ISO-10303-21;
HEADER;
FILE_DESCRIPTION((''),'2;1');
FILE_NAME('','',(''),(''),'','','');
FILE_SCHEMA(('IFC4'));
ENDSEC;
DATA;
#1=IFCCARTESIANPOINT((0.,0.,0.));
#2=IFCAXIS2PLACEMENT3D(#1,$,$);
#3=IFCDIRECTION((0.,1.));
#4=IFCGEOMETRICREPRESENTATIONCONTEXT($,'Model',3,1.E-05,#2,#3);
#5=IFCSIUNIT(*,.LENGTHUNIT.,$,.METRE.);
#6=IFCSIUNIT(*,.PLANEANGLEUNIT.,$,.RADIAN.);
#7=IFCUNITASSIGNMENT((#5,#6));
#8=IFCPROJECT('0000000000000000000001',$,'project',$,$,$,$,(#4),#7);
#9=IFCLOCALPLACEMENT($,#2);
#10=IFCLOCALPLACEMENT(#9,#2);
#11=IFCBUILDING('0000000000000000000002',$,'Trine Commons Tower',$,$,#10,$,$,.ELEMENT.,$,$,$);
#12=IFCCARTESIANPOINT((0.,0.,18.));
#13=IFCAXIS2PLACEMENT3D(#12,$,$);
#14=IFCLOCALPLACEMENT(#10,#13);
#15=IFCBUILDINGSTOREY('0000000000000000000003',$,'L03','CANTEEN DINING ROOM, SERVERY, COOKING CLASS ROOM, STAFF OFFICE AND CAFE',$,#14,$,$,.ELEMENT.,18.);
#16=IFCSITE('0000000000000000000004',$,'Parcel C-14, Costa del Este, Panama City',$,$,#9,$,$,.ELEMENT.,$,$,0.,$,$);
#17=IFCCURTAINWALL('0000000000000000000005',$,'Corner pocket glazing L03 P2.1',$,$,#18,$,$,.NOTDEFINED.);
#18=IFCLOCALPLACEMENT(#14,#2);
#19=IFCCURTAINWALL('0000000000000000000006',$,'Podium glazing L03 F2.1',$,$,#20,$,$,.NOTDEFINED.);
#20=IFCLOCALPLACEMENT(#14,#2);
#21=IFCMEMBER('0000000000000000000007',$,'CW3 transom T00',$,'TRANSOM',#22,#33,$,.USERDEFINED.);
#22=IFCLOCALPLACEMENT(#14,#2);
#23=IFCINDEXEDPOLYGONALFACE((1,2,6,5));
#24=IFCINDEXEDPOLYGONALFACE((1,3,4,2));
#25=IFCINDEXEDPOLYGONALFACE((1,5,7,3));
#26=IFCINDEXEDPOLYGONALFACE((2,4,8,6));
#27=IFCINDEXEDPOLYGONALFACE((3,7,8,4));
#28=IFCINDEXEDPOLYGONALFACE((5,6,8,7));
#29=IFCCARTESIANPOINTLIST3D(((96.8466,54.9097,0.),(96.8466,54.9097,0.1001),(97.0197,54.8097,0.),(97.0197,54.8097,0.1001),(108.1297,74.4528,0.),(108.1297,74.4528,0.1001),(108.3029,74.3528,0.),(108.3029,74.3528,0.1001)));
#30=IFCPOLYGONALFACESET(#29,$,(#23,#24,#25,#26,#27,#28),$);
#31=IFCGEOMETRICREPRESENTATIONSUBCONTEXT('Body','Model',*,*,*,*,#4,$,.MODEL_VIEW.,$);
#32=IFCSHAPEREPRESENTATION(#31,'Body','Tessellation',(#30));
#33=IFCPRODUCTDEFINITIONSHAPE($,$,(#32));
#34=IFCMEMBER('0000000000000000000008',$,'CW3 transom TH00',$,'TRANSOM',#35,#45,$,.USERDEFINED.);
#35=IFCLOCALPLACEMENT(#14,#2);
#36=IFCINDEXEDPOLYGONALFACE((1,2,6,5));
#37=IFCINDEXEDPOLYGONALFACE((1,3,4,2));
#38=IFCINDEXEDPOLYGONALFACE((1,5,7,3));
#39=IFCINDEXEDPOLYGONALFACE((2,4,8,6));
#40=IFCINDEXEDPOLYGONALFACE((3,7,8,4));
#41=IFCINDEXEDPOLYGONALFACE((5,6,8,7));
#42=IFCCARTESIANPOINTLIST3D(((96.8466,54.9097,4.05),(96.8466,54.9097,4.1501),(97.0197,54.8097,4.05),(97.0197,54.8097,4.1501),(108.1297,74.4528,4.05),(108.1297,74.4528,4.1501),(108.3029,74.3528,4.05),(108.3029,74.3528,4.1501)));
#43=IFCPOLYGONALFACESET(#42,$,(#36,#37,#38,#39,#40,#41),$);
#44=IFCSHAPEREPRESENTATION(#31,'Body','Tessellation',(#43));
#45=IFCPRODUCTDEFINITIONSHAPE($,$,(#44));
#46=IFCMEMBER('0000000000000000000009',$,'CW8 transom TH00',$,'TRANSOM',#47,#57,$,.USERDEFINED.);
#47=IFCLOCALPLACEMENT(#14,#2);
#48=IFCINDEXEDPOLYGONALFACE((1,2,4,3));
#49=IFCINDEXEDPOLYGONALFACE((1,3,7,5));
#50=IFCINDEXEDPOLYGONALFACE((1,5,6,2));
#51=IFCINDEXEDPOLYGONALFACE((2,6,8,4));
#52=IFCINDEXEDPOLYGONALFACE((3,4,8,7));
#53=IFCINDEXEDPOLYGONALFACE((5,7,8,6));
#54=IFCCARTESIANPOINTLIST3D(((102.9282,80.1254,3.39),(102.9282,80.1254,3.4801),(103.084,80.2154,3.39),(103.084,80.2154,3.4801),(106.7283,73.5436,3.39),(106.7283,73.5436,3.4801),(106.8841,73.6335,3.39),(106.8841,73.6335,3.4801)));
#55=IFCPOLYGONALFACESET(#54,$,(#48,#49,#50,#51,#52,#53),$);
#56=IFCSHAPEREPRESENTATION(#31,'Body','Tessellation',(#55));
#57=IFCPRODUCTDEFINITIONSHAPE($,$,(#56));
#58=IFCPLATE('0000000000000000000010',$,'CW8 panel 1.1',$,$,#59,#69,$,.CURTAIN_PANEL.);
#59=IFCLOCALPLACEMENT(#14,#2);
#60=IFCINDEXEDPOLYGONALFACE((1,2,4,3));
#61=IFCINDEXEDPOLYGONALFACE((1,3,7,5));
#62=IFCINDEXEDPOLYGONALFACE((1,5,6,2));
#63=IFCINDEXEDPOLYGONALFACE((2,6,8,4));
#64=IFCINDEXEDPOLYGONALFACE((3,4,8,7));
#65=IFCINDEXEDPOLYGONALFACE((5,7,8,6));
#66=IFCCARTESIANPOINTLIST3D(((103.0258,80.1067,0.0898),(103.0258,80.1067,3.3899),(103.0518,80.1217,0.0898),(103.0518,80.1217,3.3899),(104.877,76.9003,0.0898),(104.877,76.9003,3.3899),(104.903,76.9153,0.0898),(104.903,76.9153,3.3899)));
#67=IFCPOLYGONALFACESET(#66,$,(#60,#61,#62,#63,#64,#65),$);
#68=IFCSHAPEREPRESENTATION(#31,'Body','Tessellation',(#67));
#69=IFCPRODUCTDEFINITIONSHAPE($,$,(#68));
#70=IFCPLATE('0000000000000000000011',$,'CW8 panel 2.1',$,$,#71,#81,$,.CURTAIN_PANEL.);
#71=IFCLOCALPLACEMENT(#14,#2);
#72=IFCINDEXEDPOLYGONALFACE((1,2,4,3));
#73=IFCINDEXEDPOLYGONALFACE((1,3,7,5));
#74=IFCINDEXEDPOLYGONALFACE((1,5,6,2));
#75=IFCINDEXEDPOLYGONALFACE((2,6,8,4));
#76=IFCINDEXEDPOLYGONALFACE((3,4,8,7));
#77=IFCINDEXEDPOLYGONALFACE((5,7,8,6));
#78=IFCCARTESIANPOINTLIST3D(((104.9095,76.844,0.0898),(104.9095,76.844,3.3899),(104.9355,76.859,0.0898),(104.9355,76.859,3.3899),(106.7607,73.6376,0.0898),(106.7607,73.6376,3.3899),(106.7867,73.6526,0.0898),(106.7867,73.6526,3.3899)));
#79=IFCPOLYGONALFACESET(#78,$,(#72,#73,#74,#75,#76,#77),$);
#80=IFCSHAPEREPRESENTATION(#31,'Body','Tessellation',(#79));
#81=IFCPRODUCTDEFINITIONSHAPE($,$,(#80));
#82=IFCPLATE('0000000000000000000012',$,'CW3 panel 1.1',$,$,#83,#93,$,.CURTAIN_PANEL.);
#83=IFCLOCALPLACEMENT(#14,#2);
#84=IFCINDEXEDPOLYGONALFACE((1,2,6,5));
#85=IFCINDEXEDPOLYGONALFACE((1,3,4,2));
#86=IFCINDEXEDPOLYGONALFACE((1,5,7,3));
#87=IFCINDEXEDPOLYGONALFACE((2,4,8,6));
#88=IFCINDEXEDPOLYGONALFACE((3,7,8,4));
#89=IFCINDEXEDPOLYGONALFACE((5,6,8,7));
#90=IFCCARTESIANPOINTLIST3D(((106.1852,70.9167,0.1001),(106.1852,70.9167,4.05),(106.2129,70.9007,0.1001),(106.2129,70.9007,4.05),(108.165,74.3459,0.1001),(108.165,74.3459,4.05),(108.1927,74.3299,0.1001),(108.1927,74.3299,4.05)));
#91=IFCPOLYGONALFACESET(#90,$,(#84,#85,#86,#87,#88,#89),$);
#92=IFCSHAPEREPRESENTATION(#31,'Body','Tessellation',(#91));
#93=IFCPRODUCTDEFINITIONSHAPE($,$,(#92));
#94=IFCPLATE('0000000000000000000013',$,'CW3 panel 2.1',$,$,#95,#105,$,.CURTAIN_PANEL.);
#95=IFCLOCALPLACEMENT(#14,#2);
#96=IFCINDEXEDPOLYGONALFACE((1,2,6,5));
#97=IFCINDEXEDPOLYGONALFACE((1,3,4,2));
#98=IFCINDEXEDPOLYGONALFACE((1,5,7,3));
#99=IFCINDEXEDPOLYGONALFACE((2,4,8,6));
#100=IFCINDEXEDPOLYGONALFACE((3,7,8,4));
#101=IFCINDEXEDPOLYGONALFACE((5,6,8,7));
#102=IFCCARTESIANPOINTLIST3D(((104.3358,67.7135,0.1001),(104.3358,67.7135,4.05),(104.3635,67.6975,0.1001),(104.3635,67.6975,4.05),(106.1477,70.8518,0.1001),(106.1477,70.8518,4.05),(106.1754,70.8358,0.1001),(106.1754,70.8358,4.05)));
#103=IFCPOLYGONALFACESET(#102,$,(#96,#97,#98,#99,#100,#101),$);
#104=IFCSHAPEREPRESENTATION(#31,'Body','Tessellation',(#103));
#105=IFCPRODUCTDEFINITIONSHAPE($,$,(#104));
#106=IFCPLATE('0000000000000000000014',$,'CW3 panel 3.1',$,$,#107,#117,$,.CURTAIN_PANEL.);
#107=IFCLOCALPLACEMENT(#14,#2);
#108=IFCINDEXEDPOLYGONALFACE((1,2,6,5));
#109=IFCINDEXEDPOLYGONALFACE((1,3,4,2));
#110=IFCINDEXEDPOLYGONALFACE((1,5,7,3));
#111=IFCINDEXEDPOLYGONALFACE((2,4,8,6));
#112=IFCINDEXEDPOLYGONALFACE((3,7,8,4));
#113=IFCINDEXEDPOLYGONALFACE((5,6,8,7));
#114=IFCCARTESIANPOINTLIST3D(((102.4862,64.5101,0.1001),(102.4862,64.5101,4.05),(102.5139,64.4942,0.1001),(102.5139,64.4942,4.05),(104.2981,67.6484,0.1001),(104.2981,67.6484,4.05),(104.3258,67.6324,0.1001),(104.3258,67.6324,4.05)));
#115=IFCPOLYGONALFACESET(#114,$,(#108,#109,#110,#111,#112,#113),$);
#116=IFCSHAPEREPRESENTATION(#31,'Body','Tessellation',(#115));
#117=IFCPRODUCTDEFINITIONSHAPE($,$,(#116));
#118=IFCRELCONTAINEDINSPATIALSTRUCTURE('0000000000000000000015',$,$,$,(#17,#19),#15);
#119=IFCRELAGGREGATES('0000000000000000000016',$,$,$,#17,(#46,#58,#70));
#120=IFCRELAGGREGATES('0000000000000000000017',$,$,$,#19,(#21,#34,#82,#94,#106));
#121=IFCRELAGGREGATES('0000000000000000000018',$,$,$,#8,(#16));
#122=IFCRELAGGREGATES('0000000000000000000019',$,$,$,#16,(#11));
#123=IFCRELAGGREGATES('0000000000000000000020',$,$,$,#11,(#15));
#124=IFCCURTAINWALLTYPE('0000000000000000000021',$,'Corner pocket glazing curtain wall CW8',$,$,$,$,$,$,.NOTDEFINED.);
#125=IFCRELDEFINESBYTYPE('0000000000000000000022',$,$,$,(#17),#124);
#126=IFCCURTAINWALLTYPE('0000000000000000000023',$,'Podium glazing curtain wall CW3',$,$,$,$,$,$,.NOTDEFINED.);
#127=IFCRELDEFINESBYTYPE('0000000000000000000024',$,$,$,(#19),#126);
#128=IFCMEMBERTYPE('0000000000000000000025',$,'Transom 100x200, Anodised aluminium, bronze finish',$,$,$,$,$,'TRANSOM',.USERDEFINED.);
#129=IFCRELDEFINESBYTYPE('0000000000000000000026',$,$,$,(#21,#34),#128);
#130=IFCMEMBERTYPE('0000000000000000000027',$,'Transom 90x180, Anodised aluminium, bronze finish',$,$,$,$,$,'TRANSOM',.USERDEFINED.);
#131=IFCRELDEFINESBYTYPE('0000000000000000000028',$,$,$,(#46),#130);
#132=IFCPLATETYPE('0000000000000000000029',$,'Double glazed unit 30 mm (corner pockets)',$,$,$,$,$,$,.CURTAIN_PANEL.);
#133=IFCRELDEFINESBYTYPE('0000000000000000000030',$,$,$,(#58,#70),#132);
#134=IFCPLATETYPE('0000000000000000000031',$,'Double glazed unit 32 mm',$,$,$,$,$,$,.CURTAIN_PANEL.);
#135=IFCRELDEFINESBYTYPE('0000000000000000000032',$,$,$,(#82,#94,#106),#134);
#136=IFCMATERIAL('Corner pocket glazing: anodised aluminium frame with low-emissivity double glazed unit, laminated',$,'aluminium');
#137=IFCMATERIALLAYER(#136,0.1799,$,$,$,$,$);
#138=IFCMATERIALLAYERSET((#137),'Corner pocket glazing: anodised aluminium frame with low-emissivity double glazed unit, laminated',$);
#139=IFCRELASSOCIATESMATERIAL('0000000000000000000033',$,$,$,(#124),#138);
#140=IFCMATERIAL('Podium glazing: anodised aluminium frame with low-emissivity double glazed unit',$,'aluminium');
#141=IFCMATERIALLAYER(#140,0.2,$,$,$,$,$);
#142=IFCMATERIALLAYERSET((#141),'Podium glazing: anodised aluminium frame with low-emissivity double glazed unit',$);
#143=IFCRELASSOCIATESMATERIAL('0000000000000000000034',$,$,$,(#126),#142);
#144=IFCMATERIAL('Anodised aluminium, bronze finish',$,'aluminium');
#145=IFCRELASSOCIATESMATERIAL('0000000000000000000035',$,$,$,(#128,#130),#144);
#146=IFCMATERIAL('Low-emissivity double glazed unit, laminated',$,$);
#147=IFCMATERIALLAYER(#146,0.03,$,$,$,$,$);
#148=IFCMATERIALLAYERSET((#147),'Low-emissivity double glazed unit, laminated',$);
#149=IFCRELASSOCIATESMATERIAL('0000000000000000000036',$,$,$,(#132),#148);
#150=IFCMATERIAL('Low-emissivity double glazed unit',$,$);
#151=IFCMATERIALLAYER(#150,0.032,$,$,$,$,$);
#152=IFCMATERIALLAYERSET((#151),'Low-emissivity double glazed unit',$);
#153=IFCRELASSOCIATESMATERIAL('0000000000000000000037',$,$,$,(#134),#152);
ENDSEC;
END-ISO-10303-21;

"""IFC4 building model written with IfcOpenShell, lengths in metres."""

from ifc_helpers import new_model, si_unit, direction, frame, origin, origin_2d, place, context, subcontext, project, spatial, rectangle, extrude, material, layer, layer_set, material_profile, profile_set, type_object, element, aggregate, save


model = new_model("IFC4")

# Units and contexts
model_context = context("Model", 3, precision=1e-05, world=origin(), true_north=direction((0.0, 1.0)))
body_context = subcontext(model_context, "Body", "Model", "MODEL_VIEW")
ifc_project = project(units=[si_unit("LENGTHUNIT", "METRE"), si_unit("PLANEANGLEUNIT", "RADIAN")], contexts=[model_context])

# Site, building, storey
site_placement = place(None, origin())
site = spatial("IfcSite", under=ifc_project, at=site_placement, Name="Parcel C-14, Costa del Este, Panama City", CompositionType="ELEMENT", RefElevation=0.0)
building_placement = place(site_placement, origin())
building = spatial("IfcBuilding", under=site, at=building_placement, Name="Trine Commons Tower", CompositionType="ELEMENT")
storey_placement = place(building_placement, frame((0.0, 0.0, 18.0)))
storey = spatial("IfcBuildingStorey", under=building, at=storey_placement, Name="L03", Description="CANTEEN DINING ROOM, SERVERY, COOKING CLASS ROOM, STAFF OFFICE AND CAFE", CompositionType="ELEMENT", Elevation=18.0)

# Curtain wall
ifc_material_1 = material(Name="Corner pocket glazing: anodised aluminium frame with low-emissivity double glazed unit, laminated", Category="aluminium")
ifc_layer_1 = layer(ifc_material_1, 0.1799)
ifc_layer_set_1 = layer_set([ifc_layer_1], Name="Corner pocket glazing: anodised aluminium frame with low-emissivity double glazed unit, laminated")
curtain_wall_type_1 = type_object("IfcCurtainWallType", Name="Corner pocket glazing curtain wall CW8", PredefinedType="NOTDEFINED", material=ifc_layer_set_1)
curtain_wall_1_placement = place(storey_placement, origin())
curtain_wall_1 = element("IfcCurtainWall", 1, at=curtain_wall_1_placement, inside=storey, type_object=curtain_wall_type_1, Name="Corner pocket glazing L03 P2.1", PredefinedType="NOTDEFINED")
ifc_material_2 = material(Name="Anodised aluminium, bronze finish", Category="aluminium")

# Shared definitions
ifc_material_3 = material(Name="Podium glazing: anodised aluminium frame with low-emissivity double glazed unit", Category="aluminium")
ifc_layer_2 = layer(ifc_material_3, 0.2)
ifc_layer_set_2 = layer_set([ifc_layer_2], Name="Podium glazing: anodised aluminium frame with low-emissivity double glazed unit")
curtain_wall_type_2 = type_object("IfcCurtainWallType", Name="Podium glazing curtain wall CW3", PredefinedType="NOTDEFINED", material=ifc_layer_set_2)

# Curtain wall
curtain_wall_2_placement = place(storey_placement, origin())
curtain_wall_2 = element("IfcCurtainWall", 2, at=curtain_wall_2_placement, inside=storey, type_object=curtain_wall_type_2, Name="Podium glazing L03 F2.1", PredefinedType="NOTDEFINED")

# Members
ifc_material_profile_1 = material_profile(ifc_material_2, rectangle(XDim=0.2, YDim=0.1001, at=origin_2d()), Name="Transom 100x200")
ifc_profile_set_1 = profile_set([ifc_material_profile_1], Name="Anodised aluminium, bronze finish")
member_type_1 = type_object("IfcMemberType", Name="Transom 100x200, Anodised aluminium, bronze finish", ElementType="TRANSOM", PredefinedType="USERDEFINED", material=ifc_profile_set_1)
member_1_placement = place(storey_placement, frame((108.2163, 74.4028, 0.05), z_axis=(-0.499997, -0.866027, 0.0), x_axis=(0.866027, -0.499997, 0.0)))
member_1 = element("IfcMember", 3, at=member_1_placement, type_object=member_type_1, Name="CW3 transom T00", ObjectType="TRANSOM", PredefinedType="USERDEFINED", context=body_context, shape_type="SweptSolid", body=[
    extrude(rectangle(XDim=0.2, YDim=0.1001, at=origin_2d()), origin(), (0.0, 0.0, 1.0), 22.5664),
])
member_2_placement = place(storey_placement, frame((108.2163, 74.4028, 4.1001), z_axis=(-0.499997, -0.866027, 0.0), x_axis=(0.866027, -0.499997, 0.0)))
member_2 = element("IfcMember", 4, at=member_2_placement, type_object=member_type_1, Name="CW3 transom TH00", ObjectType="TRANSOM", PredefinedType="USERDEFINED", context=body_context, shape_type="SweptSolid", body=[
    extrude(rectangle(XDim=0.2, YDim=0.1001, at=origin_2d()), origin(), (0.0, 0.0, 1.0), 22.5664),
])
ifc_material_profile_2 = material_profile(ifc_material_2, rectangle(XDim=0.1799, YDim=0.0901, at=origin_2d()), Name="Transom 90x180")
ifc_profile_set_2 = profile_set([ifc_material_profile_2], Name="Anodised aluminium, bronze finish")
member_type_2 = type_object("IfcMemberType", Name="Transom 90x180, Anodised aluminium, bronze finish", ElementType="TRANSOM", PredefinedType="USERDEFINED", material=ifc_profile_set_2)
member_3_placement = place(storey_placement, frame((103.0061, 80.1704, 3.4351), z_axis=(0.500005, -0.866022, 0.0), x_axis=(0.866022, 0.500005, 0.0)))
member_3 = element("IfcMember", 5, at=member_3_placement, type_object=member_type_2, Name="CW8 transom TH00", ObjectType="TRANSOM", PredefinedType="USERDEFINED", context=body_context, shape_type="SweptSolid", body=[
    extrude(rectangle(XDim=0.1799, YDim=0.0901, at=origin_2d()), origin(), (0.0, 0.0, 1.0), 7.6001),
])

# Plates
ifc_material_4 = material(Name="Low-emissivity double glazed unit, laminated")
ifc_layer_3 = layer(ifc_material_4, 0.03)
ifc_layer_set_3 = layer_set([ifc_layer_3], Name="Low-emissivity double glazed unit, laminated")
plate_type_1 = type_object("IfcPlateType", Name="Double glazed unit 30 mm (corner pockets)", PredefinedType="CURTAIN_PANEL", material=ifc_layer_set_3)
plate_1_placement = place(storey_placement, frame((103.9644, 78.511, 0.0898), z_axis=(0.0, 0.0, 1.0), x_axis=(0.5, -0.866025, 0.0)))
plate_1 = element("IfcPlate", 6, at=plate_1_placement, type_object=plate_type_1, Name="CW8 panel 1.1", PredefinedType="CURTAIN_PANEL", context=body_context, shape_type="SweptSolid", body=[
    extrude(rectangle(XDim=3.7024, YDim=0.03, at=origin_2d()), origin(), (0.0, 0.0, 1.0), 3.3),
])
plate_2_placement = place(storey_placement, frame((105.8481, 75.2483, 0.0898), z_axis=(0.0, 0.0, 1.0), x_axis=(0.5, -0.866025, 0.0)))
plate_2 = element("IfcPlate", 7, at=plate_2_placement, type_object=plate_type_1, Name="CW8 panel 2.1", PredefinedType="CURTAIN_PANEL", context=body_context, shape_type="SweptSolid", body=[
    extrude(rectangle(XDim=3.7024, YDim=0.03, at=origin_2d()), origin(), (0.0, 0.0, 1.0), 3.3),
])
aggregate(curtain_wall_1, [member_3, plate_1, plate_2])
ifc_material_5 = material(Name="Low-emissivity double glazed unit")
ifc_layer_4 = layer(ifc_material_5, 0.032)
ifc_layer_set_4 = layer_set([ifc_layer_4], Name="Low-emissivity double glazed unit")
plate_type_2 = type_object("IfcPlateType", Name="Double glazed unit 32 mm", PredefinedType="CURTAIN_PANEL", material=ifc_layer_set_4)
plate_3_placement = place(storey_placement, frame((107.189, 72.6233, 0.1001), z_axis=(0.0, 0.0, 1.0), x_axis=(-0.5, -0.866025, 0.0)))
plate_3 = element("IfcPlate", 8, at=plate_3_placement, type_object=plate_type_2, Name="CW3 panel 1.1", PredefinedType="CURTAIN_PANEL", context=body_context, shape_type="SweptSolid", body=[
    extrude(rectangle(XDim=3.9597, YDim=0.032, at=origin_2d()), origin(), (0.0, 0.0, 1.0), 3.95),
])
plate_4_placement = place(storey_placement, frame((105.2556, 69.2747, 0.1001), z_axis=(0.0, 0.0, 1.0), x_axis=(-0.5, -0.866025, 0.0)))
plate_4 = element("IfcPlate", 9, at=plate_4_placement, type_object=plate_type_2, Name="CW3 panel 2.1", PredefinedType="CURTAIN_PANEL", context=body_context, shape_type="SweptSolid", body=[
    extrude(rectangle(XDim=3.6238, YDim=0.032, at=origin_2d()), origin(), (0.0, 0.0, 1.0), 3.95),
])
plate_5_placement = place(storey_placement, frame((103.406, 66.0713, 0.1001), z_axis=(0.0, 0.0, 1.0), x_axis=(-0.5, -0.866025, 0.0)))
plate_5 = element("IfcPlate", 10, at=plate_5_placement, type_object=plate_type_2, Name="CW3 panel 3.1", PredefinedType="CURTAIN_PANEL", context=body_context, shape_type="SweptSolid", body=[
    extrude(rectangle(XDim=3.6238, YDim=0.032, at=origin_2d()), origin(), (0.0, 0.0, 1.0), 3.95),
])
aggregate(curtain_wall_2, [member_1, member_2, plate_3, plate_4, plate_5])

save(model, "model.ifc")
